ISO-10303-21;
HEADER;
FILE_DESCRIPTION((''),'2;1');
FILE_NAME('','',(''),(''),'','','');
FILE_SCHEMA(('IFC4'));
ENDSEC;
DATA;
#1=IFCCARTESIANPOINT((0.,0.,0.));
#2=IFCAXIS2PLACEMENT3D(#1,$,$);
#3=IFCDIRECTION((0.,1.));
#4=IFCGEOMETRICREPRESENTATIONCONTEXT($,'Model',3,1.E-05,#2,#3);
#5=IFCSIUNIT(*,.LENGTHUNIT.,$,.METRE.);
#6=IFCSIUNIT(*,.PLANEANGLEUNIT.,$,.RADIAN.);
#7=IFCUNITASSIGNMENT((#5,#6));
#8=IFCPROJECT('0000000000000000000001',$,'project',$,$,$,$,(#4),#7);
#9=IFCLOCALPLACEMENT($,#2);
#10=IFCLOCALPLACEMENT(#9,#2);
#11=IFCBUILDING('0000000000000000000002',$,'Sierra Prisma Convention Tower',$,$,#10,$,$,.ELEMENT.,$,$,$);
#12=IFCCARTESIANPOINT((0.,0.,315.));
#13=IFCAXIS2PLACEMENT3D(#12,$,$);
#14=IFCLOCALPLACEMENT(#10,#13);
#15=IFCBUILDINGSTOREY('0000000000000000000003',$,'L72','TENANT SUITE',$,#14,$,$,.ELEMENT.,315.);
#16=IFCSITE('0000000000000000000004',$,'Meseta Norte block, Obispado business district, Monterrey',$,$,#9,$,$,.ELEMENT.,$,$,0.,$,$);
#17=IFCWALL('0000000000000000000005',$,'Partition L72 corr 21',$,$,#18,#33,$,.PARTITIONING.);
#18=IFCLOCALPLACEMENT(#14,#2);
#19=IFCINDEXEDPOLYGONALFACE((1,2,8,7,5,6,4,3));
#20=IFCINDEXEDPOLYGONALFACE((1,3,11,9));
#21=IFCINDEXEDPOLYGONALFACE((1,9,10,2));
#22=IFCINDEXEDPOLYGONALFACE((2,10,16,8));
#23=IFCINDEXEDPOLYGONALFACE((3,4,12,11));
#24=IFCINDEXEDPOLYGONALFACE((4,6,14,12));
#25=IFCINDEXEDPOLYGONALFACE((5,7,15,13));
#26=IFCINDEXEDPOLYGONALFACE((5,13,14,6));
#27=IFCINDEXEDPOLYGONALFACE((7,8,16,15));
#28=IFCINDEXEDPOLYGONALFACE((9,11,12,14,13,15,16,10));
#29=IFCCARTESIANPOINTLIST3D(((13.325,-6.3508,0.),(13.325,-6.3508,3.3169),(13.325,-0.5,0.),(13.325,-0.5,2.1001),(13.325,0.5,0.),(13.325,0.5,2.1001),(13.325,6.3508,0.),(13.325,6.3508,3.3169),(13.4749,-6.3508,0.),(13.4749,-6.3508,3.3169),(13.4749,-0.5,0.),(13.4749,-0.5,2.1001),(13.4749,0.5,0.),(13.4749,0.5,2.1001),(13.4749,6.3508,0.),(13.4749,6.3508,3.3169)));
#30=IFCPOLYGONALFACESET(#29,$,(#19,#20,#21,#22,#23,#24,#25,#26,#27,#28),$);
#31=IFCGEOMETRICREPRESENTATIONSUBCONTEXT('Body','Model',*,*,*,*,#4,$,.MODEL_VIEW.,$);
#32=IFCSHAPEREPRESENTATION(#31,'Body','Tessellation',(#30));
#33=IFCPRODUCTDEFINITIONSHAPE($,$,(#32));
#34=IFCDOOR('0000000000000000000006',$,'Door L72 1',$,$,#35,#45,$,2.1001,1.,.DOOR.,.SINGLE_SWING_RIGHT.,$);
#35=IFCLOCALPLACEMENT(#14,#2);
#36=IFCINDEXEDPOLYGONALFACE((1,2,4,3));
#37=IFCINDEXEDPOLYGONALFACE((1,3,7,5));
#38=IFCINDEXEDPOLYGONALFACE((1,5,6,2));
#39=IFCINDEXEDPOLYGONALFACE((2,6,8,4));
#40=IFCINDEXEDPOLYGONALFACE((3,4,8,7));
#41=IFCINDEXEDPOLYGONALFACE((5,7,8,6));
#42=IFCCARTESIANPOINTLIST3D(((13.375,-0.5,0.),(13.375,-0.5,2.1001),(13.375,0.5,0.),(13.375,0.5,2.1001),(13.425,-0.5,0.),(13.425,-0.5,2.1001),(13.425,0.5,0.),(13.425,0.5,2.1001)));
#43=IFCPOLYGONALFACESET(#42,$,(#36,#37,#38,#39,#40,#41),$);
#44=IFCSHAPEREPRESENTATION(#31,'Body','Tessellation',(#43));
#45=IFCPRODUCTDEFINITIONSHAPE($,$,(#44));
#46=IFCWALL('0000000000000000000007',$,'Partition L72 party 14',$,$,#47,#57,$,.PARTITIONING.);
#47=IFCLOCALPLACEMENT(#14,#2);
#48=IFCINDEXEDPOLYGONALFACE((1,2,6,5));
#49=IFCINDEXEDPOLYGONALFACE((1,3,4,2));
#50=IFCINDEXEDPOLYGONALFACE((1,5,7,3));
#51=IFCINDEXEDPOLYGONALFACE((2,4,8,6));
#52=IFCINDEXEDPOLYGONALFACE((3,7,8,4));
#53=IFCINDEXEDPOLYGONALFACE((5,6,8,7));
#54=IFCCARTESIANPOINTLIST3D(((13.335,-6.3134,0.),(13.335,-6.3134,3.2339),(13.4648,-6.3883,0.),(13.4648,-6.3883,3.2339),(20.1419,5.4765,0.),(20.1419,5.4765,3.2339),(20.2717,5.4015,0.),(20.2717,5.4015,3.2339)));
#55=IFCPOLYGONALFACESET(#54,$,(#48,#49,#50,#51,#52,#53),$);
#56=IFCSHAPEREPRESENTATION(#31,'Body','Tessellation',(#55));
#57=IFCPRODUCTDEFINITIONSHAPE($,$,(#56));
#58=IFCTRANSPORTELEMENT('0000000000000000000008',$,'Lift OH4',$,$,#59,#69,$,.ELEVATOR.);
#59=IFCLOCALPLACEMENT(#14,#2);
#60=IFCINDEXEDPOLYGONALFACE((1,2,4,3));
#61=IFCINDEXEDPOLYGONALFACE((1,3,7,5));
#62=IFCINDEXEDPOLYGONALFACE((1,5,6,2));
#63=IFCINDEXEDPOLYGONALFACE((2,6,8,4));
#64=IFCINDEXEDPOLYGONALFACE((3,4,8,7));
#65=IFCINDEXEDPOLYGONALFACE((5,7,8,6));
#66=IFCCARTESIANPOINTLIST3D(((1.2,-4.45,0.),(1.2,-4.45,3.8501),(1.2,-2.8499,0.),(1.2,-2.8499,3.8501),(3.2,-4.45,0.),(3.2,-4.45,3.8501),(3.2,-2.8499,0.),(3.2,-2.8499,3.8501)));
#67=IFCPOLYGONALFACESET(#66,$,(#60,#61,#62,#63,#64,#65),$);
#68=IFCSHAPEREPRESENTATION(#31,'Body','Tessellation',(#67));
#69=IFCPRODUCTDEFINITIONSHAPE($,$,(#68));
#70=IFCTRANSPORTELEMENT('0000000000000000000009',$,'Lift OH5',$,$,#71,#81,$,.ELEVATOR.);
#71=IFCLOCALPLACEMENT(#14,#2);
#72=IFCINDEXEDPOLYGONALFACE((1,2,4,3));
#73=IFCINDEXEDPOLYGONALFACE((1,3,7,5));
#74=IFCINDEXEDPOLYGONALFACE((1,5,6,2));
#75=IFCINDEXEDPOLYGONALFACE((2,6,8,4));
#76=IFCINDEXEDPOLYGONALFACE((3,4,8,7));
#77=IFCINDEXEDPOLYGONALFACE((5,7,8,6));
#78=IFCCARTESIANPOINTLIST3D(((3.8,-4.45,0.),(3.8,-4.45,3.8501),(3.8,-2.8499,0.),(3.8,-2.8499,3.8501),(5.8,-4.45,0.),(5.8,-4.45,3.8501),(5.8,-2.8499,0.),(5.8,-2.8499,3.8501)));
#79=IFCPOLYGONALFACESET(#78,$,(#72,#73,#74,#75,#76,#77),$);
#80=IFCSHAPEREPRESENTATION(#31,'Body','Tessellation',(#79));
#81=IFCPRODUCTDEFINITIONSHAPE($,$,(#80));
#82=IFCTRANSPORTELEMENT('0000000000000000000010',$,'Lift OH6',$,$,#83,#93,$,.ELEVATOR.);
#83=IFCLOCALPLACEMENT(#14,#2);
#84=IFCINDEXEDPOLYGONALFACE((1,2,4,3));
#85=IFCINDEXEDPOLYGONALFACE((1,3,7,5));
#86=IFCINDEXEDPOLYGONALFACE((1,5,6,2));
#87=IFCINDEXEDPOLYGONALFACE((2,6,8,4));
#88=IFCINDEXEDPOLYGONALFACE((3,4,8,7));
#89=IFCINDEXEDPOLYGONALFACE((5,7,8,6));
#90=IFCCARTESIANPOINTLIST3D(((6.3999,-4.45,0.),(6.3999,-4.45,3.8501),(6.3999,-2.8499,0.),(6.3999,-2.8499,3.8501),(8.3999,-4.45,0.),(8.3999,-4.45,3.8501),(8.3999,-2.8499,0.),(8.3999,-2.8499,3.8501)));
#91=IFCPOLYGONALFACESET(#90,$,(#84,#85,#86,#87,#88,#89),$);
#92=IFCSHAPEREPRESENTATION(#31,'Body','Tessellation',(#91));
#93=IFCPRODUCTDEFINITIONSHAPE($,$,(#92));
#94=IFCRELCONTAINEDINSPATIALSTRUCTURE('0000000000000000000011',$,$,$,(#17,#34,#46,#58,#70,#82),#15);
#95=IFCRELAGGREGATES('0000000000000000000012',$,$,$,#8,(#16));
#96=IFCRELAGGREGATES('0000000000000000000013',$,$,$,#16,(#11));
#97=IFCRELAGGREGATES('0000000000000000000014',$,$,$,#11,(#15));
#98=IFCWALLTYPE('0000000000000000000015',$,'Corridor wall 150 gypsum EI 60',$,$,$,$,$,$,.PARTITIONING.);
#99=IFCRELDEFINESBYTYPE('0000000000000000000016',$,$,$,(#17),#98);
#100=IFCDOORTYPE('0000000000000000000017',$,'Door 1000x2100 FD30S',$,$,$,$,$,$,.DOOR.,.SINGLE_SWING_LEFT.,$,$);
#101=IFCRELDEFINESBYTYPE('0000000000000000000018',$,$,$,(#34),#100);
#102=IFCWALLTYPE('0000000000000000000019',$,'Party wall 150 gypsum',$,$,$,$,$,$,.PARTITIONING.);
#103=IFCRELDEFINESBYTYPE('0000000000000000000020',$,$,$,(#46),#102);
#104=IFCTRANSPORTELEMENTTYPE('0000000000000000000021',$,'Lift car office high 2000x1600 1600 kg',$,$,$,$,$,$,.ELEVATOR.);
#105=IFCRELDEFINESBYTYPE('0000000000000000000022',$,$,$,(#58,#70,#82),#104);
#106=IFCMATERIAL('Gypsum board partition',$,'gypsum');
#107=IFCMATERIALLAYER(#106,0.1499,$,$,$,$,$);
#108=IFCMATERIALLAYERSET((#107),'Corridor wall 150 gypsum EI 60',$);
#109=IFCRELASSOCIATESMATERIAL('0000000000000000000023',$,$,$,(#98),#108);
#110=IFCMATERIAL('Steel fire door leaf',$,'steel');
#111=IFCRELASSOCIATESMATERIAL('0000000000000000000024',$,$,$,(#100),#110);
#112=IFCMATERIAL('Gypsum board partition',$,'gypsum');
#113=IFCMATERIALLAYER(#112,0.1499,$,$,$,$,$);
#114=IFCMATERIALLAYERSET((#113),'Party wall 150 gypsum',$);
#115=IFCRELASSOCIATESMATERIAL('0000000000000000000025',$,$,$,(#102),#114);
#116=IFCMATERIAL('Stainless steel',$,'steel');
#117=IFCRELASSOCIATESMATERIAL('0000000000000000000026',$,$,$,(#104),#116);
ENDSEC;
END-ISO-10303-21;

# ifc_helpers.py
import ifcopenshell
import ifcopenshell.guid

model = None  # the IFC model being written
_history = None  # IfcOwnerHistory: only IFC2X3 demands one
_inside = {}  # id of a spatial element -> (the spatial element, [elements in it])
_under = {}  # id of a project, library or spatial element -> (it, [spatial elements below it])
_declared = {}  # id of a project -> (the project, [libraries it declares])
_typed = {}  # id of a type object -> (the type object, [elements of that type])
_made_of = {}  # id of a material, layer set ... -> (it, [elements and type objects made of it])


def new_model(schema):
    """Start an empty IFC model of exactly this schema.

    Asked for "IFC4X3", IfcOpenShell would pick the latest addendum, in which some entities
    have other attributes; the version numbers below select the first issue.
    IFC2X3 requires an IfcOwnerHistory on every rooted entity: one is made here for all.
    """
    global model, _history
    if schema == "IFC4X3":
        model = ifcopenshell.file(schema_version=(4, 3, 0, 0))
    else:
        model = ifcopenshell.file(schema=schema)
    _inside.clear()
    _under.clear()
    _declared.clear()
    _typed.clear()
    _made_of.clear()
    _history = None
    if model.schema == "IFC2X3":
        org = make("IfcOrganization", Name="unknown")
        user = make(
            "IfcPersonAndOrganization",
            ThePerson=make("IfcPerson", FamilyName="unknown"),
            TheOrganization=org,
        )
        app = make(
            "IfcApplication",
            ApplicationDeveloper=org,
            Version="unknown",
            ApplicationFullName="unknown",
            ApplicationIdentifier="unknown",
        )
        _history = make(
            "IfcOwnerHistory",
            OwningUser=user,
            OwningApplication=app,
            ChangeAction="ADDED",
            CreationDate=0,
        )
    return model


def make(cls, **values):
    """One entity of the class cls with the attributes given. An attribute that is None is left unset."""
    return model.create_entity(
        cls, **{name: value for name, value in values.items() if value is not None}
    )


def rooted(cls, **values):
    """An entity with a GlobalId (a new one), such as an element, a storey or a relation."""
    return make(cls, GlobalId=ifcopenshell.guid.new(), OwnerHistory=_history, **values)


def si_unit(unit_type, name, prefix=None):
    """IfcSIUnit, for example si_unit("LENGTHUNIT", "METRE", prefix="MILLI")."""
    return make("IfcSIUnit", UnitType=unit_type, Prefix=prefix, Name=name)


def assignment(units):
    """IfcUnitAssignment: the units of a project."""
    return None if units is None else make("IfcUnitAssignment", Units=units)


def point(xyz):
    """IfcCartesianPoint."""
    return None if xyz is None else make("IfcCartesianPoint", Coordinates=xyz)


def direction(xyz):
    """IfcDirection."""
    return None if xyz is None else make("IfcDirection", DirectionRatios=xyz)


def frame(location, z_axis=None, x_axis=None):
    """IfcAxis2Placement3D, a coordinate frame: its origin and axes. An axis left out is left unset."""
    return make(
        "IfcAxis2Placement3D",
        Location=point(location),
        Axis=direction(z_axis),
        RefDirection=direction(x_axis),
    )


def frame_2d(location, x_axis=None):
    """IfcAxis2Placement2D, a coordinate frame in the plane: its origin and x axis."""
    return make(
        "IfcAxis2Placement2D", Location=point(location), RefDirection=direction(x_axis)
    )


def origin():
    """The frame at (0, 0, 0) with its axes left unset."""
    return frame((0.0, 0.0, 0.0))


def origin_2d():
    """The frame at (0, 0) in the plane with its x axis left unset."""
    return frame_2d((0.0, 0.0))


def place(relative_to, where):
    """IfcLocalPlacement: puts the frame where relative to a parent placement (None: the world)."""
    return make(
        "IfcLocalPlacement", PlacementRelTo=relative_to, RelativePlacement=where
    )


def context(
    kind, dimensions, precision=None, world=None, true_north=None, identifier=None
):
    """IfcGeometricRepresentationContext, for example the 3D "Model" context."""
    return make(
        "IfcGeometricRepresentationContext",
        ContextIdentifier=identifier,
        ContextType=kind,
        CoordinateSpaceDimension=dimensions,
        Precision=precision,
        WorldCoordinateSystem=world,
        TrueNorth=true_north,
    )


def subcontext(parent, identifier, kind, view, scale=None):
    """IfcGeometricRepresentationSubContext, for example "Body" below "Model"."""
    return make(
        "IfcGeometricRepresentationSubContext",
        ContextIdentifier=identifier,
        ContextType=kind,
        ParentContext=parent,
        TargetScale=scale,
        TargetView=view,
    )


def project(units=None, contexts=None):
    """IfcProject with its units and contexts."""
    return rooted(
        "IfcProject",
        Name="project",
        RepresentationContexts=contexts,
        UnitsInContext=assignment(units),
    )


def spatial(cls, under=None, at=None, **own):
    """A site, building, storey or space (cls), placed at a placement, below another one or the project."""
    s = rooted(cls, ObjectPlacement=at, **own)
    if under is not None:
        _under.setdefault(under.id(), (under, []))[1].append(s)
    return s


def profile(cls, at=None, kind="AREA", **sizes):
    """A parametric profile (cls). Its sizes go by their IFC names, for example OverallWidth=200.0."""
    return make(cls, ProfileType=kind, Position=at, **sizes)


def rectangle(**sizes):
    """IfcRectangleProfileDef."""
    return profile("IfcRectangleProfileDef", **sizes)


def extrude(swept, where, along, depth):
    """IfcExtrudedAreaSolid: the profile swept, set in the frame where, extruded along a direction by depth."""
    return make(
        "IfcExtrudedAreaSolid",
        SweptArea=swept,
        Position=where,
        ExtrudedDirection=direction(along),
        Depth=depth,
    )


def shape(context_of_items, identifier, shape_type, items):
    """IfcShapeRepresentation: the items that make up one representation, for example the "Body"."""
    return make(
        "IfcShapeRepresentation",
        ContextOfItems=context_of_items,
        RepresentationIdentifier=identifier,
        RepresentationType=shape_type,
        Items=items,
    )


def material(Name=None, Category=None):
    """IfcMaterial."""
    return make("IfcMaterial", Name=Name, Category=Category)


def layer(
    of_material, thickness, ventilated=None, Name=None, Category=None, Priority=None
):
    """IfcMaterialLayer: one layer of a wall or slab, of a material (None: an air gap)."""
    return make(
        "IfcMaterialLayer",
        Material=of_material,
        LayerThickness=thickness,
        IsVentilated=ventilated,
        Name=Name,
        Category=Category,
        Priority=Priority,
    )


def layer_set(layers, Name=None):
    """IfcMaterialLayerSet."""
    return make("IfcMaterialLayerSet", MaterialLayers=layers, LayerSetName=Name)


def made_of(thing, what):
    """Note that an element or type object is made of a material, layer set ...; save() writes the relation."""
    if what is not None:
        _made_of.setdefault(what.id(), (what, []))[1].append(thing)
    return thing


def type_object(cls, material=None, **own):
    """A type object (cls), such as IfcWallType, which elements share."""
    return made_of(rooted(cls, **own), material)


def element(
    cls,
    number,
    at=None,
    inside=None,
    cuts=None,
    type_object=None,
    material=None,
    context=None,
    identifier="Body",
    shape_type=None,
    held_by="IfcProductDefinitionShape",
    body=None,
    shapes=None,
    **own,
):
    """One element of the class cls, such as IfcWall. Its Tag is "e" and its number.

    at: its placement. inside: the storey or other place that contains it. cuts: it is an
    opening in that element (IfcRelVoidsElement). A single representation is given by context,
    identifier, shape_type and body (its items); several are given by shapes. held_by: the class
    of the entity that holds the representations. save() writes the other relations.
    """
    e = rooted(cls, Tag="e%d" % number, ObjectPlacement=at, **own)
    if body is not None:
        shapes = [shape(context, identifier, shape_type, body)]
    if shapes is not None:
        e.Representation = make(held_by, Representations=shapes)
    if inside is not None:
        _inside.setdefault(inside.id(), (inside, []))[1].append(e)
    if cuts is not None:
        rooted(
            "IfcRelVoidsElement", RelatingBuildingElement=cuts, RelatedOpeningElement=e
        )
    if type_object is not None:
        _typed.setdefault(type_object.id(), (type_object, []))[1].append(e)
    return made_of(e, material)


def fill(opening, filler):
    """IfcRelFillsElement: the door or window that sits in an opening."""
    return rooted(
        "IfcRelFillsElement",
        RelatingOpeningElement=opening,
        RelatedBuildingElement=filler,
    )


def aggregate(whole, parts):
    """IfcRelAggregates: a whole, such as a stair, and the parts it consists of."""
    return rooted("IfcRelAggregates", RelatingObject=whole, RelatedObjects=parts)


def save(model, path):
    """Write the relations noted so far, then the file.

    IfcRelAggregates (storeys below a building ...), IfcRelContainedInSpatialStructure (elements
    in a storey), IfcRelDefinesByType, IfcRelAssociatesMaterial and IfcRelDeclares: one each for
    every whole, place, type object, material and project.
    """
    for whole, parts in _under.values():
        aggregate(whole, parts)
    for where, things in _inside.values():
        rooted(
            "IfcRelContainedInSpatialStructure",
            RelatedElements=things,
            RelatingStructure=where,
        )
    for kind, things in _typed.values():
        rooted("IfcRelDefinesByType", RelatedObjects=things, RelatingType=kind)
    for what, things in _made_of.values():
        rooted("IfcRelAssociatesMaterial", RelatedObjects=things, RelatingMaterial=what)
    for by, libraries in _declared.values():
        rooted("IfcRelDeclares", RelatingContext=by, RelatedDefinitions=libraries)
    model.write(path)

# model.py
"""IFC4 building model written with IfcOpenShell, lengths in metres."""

from ifc_helpers import new_model, si_unit, direction, frame, frame_2d, origin, origin_2d, place, context, subcontext, project, spatial, rectangle, extrude, material, layer, layer_set, type_object, element, fill, save


model = new_model("IFC4")

# Units and contexts
model_context = context("Model", 3, precision=1e-05, world=origin(), true_north=direction((0.0, 1.0)))
body_context = subcontext(model_context, "Body", "Model", "MODEL_VIEW")
ifc_project = project(units=[si_unit("LENGTHUNIT", "METRE"), si_unit("PLANEANGLEUNIT", "RADIAN")], contexts=[model_context])

# Site, building, storey
site_placement = place(None, origin())
site = spatial("IfcSite", under=ifc_project, at=site_placement, Name="Meseta Norte block, Obispado business district, Monterrey", CompositionType="ELEMENT", RefElevation=0.0)
building_placement = place(site_placement, origin())
building = spatial("IfcBuilding", under=site, at=building_placement, Name="Sierra Prisma Convention Tower", CompositionType="ELEMENT")
storey_placement = place(building_placement, frame((0.0, 0.0, 315.0)))
storey = spatial("IfcBuildingStorey", under=building, at=storey_placement, Name="L72", Description="TENANT SUITE", CompositionType="ELEMENT", Elevation=315.0)

# Shared definitions
ifc_material_1 = material(Name="Gypsum board partition", Category="gypsum")
ifc_layer_1 = layer(ifc_material_1, 0.1499)
ifc_layer_set_1 = layer_set([ifc_layer_1], Name="Corridor wall 150 gypsum EI 60")
wall_type_1 = type_object("IfcWallType", Name="Corridor wall 150 gypsum EI 60", PredefinedType="PARTITIONING", material=ifc_layer_set_1)

# Wall, opening, door
wall_1_placement = place(storey_placement, frame((13.3999, -6.3508, 0.0), z_axis=(0.0, 0.0, 1.0), x_axis=(0.0, 1.0, 0.0)))
wall_1 = element("IfcWall", 1, at=wall_1_placement, inside=storey, type_object=wall_type_1, Name="Partition L72 corr 21", PredefinedType="PARTITIONING", context=body_context, shape_type="SweptSolid", body=[
    extrude(rectangle(XDim=12.7017, YDim=0.1499, at=frame_2d((6.3508, 0.0))), origin(), (0.0, 0.0, 1.0), 3.3169),
])
opening_1_placement = place(wall_1_placement, frame((5.8508, 0.0, 0.0)))
opening_1 = element("IfcOpeningElement", 2, at=opening_1_placement, cuts=wall_1, PredefinedType="OPENING", context=body_context, shape_type="SweptSolid", body=[
    extrude(rectangle(XDim=1.0, YDim=2.1001, at=frame_2d((0.5, 1.05))), frame((0.0, 0.075, 0.0), z_axis=(0.0, -1.0, 0.0), x_axis=(1.0, 0.0, 0.0)), (0.0, 0.0, 1.0), 0.1499),
])
ifc_material_2 = material(Name="Steel fire door leaf", Category="steel")
door_type_1 = type_object("IfcDoorType", Name="Door 1000x2100 FD30S", OperationType="SINGLE_SWING_LEFT", PredefinedType="DOOR", material=ifc_material_2)
door_1_placement = place(opening_1_placement, origin())
door_1 = element("IfcDoor", 3, at=door_1_placement, inside=storey, type_object=door_type_1, Name="Door L72 1", OperationType="SINGLE_SWING_RIGHT", OverallHeight=2.1001, OverallWidth=1.0, PredefinedType="DOOR", context=body_context, shape_type="SweptSolid", body=[
    extrude(rectangle(XDim=1.0, YDim=2.1001, at=frame_2d((0.5, 1.05))), frame((0.0, 0.0249, 0.0), z_axis=(0.0, -1.0, 0.0), x_axis=(1.0, 0.0, 0.0)), (0.0, 0.0, 1.0), 0.05),
])
fill(opening_1, door_1)

# Wall
ifc_material_3 = material(Name="Gypsum board partition", Category="gypsum")
ifc_layer_2 = layer(ifc_material_3, 0.1499)
ifc_layer_set_2 = layer_set([ifc_layer_2], Name="Party wall 150 gypsum")
wall_type_2 = type_object("IfcWallType", Name="Party wall 150 gypsum", PredefinedType="PARTITIONING", material=ifc_layer_set_2)
wall_2_placement = place(storey_placement, frame((13.3999, -6.3508, 0.0), z_axis=(0.0, 0.0, 1.0), x_axis=(0.500002, 0.866024, 0.0)))
element("IfcWall", 4, at=wall_2_placement, inside=storey, type_object=wall_type_2, Name="Partition L72 party 14", PredefinedType="PARTITIONING", context=body_context, shape_type="SweptSolid", body=[
    extrude(rectangle(XDim=13.6138, YDim=0.1499, at=frame_2d((6.8069, 0.0))), origin(), (0.0, 0.0, 1.0), 3.2339),
])

# Transport elements
ifc_material_4 = material(Name="Stainless steel", Category="steel")
transport_element_type = type_object("IfcTransportElementType", Name="Lift car office high 2000x1600 1600 kg", PredefinedType="ELEVATOR", material=ifc_material_4)
for number, where, z_axis, x_axis, name in (
    (5, (2.2, -3.6499, 0.0), (0.0, 0.0, 1.0), (1.0, 0.0, 0.0), "Lift OH4"),
    (6, (4.8, -3.6499, 0.0), (0.0, 0.0, 1.0), (1.0, 0.0, 0.0), "Lift OH5"),
    (7, (7.3999, -3.6499, 0.0), (0.0, 0.0, 1.0), (1.0, 0.0, 0.0), "Lift OH6"),
):
    element("IfcTransportElement", number, at=place(storey_placement, frame(where, z_axis=z_axis, x_axis=x_axis)), inside=storey, type_object=transport_element_type, Name=name, PredefinedType="ELEVATOR", context=body_context, shape_type="SweptSolid", body=[
        extrude(rectangle(XDim=2.0, YDim=1.6001, at=origin_2d()), origin(), (0.0, 0.0, 1.0), 3.8501),
    ])

save(model, "model.ifc")
